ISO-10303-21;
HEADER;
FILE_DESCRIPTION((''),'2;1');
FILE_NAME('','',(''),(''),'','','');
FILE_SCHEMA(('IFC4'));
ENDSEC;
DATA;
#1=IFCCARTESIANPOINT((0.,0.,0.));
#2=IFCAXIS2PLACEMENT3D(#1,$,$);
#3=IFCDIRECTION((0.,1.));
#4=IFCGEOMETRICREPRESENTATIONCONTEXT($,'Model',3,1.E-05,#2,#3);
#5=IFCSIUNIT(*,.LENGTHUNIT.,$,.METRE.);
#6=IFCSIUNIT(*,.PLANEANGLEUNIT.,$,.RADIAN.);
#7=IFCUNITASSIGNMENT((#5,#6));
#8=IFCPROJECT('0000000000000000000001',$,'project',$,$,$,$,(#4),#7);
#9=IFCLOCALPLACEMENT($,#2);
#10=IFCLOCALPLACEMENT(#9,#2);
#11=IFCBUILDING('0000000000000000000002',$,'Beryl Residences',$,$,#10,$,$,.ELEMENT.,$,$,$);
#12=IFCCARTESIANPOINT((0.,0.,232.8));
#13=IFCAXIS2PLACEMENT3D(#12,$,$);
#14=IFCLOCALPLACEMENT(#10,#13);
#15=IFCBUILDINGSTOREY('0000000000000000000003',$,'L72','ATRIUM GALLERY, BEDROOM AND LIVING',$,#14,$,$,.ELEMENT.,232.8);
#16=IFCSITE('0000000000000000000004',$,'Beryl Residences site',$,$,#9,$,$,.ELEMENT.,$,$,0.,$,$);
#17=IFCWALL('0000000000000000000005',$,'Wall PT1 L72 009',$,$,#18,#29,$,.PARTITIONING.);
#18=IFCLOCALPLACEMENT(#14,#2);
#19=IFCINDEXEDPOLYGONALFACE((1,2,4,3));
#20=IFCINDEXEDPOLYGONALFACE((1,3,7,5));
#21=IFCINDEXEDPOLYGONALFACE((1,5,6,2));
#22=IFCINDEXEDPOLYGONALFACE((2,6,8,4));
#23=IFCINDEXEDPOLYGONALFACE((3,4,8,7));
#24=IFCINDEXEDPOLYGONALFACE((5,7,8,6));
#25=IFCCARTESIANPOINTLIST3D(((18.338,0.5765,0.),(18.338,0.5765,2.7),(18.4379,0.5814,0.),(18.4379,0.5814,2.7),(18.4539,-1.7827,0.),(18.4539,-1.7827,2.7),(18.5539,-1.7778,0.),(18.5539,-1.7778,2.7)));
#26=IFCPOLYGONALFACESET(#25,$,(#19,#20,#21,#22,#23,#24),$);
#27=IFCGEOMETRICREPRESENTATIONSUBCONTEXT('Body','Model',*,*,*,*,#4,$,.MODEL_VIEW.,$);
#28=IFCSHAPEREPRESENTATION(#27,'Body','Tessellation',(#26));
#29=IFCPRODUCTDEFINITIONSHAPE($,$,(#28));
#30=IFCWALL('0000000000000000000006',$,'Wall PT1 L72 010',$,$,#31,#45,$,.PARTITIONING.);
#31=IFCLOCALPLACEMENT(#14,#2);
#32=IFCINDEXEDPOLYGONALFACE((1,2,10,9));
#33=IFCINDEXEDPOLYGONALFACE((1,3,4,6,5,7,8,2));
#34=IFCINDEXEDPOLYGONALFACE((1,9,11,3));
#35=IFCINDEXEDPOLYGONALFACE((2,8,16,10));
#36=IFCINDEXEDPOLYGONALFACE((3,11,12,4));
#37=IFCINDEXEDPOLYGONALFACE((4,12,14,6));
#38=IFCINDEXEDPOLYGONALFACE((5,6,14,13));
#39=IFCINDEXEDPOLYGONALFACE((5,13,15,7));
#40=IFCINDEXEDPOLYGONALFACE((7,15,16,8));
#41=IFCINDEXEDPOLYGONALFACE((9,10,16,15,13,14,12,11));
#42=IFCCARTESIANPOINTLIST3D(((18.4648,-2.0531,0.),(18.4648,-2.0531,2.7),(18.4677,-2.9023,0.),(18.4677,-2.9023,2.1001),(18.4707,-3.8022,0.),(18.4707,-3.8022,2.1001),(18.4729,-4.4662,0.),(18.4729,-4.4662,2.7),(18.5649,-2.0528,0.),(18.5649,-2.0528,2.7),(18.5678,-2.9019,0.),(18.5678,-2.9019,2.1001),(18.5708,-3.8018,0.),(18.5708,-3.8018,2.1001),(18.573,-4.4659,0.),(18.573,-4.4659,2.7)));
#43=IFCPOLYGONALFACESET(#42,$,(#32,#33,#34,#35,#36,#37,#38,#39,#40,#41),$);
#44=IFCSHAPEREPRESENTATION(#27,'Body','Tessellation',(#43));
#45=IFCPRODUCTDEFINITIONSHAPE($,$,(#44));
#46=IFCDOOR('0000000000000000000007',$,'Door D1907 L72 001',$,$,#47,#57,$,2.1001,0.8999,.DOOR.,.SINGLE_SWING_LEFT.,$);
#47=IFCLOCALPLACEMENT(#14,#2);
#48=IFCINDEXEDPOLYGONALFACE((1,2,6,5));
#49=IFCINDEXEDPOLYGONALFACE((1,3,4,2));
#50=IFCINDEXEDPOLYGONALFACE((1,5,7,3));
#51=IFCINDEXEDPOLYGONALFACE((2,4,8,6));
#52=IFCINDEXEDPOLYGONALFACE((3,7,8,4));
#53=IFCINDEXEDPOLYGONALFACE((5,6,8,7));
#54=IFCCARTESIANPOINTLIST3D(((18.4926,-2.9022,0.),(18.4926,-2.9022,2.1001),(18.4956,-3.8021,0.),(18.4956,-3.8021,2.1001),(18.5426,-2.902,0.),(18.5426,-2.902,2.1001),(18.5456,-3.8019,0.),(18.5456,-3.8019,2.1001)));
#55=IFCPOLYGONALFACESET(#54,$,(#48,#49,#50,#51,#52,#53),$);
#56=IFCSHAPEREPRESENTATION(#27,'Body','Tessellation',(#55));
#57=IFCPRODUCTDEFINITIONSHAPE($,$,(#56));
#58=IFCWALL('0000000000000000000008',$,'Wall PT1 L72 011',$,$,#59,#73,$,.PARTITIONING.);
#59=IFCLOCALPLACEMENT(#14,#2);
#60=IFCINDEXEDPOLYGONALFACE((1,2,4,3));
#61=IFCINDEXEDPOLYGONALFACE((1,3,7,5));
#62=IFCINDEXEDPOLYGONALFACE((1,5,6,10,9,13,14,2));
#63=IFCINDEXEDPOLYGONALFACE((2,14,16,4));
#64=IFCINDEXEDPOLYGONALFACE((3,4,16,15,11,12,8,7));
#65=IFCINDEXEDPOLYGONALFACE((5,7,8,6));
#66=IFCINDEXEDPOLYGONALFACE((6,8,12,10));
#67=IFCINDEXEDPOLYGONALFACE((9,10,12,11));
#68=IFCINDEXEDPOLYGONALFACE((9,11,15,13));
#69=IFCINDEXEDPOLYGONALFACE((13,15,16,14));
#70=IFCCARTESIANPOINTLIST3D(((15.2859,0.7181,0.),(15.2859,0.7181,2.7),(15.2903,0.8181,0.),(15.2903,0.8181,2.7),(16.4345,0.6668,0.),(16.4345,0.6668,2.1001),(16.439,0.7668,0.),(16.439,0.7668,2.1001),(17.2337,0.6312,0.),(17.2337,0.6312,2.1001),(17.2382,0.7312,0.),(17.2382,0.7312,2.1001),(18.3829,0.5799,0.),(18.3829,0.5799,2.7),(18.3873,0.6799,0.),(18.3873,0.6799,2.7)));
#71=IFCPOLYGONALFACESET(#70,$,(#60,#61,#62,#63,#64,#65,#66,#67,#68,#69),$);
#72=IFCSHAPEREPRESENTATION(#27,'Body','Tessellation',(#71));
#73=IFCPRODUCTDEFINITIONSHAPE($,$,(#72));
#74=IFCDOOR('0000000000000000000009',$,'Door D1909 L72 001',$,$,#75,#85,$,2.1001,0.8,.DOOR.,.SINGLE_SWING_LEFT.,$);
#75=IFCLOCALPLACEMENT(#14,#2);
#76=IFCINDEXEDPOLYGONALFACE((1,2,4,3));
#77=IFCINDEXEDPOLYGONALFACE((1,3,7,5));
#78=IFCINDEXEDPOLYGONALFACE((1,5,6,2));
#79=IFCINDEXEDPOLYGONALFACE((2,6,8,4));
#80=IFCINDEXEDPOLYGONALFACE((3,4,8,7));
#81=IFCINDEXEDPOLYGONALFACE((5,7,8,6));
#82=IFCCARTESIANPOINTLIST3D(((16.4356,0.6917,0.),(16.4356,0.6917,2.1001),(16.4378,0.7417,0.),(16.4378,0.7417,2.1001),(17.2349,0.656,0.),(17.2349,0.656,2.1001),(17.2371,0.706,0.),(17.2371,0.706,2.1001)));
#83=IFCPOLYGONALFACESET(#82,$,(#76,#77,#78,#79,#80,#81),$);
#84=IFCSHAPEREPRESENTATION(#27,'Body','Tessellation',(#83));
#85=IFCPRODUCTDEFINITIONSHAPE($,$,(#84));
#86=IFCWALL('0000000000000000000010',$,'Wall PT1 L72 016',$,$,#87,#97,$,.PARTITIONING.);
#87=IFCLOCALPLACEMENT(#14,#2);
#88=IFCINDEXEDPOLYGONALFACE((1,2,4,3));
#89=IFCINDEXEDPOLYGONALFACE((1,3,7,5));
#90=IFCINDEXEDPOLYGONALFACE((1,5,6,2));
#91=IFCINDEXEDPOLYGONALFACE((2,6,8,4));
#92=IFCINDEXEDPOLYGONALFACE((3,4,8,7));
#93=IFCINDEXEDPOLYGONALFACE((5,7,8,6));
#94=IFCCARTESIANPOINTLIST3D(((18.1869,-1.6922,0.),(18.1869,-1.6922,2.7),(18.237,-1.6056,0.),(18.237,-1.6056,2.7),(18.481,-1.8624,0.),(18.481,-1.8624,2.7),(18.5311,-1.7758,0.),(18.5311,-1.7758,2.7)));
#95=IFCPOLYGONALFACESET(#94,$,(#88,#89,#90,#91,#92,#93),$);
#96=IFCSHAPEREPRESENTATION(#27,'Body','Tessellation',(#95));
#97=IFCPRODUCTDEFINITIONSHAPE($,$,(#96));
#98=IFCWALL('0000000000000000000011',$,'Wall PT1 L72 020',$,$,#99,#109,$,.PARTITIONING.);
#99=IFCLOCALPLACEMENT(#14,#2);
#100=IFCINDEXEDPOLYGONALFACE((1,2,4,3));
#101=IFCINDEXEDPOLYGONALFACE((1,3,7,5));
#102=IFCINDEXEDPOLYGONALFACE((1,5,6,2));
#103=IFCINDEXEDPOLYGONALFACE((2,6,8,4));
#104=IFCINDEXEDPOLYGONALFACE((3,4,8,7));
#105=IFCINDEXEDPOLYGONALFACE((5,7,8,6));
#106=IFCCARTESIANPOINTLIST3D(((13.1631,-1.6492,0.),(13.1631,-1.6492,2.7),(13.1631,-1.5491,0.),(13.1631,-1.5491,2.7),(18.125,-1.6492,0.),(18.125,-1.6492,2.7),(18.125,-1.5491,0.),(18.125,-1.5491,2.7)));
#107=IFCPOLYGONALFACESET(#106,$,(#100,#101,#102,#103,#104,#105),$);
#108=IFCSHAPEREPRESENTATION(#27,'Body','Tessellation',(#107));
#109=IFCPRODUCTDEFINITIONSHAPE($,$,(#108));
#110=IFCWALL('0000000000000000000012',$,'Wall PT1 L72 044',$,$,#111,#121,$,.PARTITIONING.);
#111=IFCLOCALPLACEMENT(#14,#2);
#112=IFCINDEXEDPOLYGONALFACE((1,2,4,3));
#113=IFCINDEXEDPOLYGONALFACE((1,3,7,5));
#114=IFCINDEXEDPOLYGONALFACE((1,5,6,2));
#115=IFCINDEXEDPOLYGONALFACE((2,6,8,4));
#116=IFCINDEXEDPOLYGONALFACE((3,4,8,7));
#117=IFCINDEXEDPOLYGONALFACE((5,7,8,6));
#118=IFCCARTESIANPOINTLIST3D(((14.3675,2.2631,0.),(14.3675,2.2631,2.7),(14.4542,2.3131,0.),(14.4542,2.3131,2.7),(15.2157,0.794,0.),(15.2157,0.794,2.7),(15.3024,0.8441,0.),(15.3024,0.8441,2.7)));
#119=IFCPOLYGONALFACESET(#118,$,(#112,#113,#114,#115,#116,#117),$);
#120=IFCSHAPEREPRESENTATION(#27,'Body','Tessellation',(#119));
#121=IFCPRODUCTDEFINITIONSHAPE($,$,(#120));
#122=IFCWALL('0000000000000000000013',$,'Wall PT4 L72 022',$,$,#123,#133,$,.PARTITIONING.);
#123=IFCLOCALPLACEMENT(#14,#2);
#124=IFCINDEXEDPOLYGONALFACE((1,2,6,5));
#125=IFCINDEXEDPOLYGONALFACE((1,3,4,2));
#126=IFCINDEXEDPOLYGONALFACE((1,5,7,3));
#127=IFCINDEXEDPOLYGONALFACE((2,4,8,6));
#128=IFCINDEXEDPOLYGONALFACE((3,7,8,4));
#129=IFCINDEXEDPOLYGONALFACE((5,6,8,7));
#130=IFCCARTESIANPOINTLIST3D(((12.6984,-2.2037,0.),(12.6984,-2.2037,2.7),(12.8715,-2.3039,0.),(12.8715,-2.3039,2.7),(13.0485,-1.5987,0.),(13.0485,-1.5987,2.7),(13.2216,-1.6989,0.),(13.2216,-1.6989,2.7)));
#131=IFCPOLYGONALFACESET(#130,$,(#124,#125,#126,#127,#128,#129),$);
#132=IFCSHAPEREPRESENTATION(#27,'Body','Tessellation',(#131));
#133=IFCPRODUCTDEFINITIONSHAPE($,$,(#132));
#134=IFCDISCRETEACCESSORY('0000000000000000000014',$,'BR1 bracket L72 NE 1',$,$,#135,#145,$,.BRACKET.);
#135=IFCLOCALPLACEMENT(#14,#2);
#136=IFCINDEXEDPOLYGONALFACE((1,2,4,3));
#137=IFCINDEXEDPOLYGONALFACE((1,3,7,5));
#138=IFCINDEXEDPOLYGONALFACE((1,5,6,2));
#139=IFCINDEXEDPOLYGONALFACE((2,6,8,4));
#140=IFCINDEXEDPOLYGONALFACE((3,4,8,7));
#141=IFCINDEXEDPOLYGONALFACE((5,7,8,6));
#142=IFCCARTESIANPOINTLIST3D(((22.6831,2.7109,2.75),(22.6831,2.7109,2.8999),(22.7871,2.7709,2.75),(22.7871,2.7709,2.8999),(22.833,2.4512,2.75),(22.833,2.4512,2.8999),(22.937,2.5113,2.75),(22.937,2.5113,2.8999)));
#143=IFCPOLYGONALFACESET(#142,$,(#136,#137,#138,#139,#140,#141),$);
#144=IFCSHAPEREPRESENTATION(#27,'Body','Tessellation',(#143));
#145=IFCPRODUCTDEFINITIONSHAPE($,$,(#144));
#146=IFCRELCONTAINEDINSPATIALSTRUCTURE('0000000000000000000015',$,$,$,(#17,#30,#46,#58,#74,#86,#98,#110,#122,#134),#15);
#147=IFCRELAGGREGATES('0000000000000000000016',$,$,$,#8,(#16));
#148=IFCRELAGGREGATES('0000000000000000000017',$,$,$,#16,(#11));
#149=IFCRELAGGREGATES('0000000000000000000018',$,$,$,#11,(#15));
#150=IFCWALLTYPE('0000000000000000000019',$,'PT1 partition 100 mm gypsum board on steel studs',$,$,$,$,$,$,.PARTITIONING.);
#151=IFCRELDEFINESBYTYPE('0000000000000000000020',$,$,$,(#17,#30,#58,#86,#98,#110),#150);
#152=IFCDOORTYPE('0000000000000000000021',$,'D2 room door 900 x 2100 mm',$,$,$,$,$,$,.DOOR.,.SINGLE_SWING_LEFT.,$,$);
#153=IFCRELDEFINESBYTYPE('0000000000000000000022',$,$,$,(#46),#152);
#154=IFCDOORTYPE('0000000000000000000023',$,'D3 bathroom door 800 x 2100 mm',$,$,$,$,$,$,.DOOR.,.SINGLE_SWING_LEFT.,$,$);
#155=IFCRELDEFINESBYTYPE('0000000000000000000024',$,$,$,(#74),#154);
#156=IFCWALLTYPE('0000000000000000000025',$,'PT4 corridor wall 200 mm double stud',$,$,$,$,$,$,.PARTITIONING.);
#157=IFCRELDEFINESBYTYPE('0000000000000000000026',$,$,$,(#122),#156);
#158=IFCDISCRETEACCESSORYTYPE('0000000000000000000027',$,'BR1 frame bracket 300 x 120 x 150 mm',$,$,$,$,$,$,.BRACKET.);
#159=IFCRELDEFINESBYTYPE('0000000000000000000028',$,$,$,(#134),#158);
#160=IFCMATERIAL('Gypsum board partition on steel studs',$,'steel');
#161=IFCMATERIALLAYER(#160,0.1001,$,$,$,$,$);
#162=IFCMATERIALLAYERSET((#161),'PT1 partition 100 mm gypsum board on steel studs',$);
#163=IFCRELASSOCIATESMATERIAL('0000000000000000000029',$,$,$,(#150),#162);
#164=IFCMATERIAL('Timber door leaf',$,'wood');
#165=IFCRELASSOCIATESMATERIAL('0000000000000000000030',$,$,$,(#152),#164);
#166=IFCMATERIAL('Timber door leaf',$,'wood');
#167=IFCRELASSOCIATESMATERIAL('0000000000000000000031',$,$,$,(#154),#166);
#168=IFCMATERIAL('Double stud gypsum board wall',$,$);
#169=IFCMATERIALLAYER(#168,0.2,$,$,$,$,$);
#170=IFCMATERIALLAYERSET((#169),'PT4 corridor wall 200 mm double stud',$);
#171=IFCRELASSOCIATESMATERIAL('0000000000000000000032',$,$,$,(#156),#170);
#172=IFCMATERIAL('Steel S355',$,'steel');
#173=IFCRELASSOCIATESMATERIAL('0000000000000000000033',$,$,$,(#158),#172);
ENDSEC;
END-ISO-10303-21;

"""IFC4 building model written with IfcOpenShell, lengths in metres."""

from ifc_helpers import new_model, si_unit, direction, frame, frame_2d, origin, place, context, subcontext, project, spatial, polyline, rectangle, outline, extrude, source, transform, mapped, material, layer, layer_set, type_object, type_shapes, element, fill, save


model = new_model("IFC4")

# Units and contexts
model_context = context("Model", 3, precision=1e-05, world=origin(), true_north=direction((0.0, 1.0)))
body_context = subcontext(model_context, "Body", "Model", "MODEL_VIEW")
ifc_project = project(units=[si_unit("LENGTHUNIT", "METRE"), si_unit("PLANEANGLEUNIT", "RADIAN")], contexts=[model_context])

# Site, building, storey
site_placement = place(None, origin())
site = spatial("IfcSite", under=ifc_project, at=site_placement, Name="Beryl Residences site", CompositionType="ELEMENT", RefElevation=0.0)
building_placement = place(site_placement, origin())
building = spatial("IfcBuilding", under=site, at=building_placement, Name="Beryl Residences", CompositionType="ELEMENT")
storey_placement = place(building_placement, frame((0.0, 0.0, 232.8)))
storey = spatial("IfcBuildingStorey", under=building, at=storey_placement, Name="L72", Description="ATRIUM GALLERY, BEDROOM AND LIVING", CompositionType="ELEMENT", Elevation=232.8)

# Wall
ifc_material_1 = material(Name="Gypsum board partition on steel studs", Category="steel")
ifc_layer_1 = layer(ifc_material_1, 0.1001)
ifc_layer_set_1 = layer_set([ifc_layer_1], Name="PT1 partition 100 mm gypsum board on steel studs")
wall_type_1 = type_object("IfcWallType", Name="PT1 partition 100 mm gypsum board on steel studs", PredefinedType="PARTITIONING", material=ifc_layer_set_1)
wall_1_placement = place(storey_placement, frame((18.3879, 0.5791, 0.0), z_axis=(0.0, 0.0, 1.0), x_axis=(0.049097, -0.998794, 0.0)))
element("IfcWall", 1, at=wall_1_placement, inside=storey, type_object=wall_type_1, Name="Wall PT1 L72 009", PredefinedType="PARTITIONING", context=body_context, shape_type="SweptSolid", body=[
    extrude(rectangle(XDim=2.3621, YDim=0.1001, at=frame_2d((1.1812, 0.0))), origin(), (0.0, 0.0, 1.0), 2.7),
])

# Walls, openings, doors
wall_2_placement = place(storey_placement, frame((18.5149, -2.053, 0.0), z_axis=(0.0, 0.0, 1.0), x_axis=(0.003339, -0.999994, 0.0)))
wall_2 = element("IfcWall", 2, at=wall_2_placement, inside=storey, type_object=wall_type_1, Name="Wall PT1 L72 010", PredefinedType="PARTITIONING", context=body_context, shape_type="SweptSolid", body=[
    extrude(rectangle(XDim=2.4131, YDim=0.1001, at=frame_2d((1.2065, 0.0))), origin(), (0.0, 0.0, 1.0), 2.7),
])
opening_1_placement = place(wall_2_placement, frame((0.8491, 0.0, 0.0)))
opening_1 = element("IfcOpeningElement", 3, at=opening_1_placement, cuts=wall_2, PredefinedType="OPENING", context=body_context, shape_type="SweptSolid", body=[
    extrude(rectangle(XDim=0.8999, YDim=2.1001, at=frame_2d((0.45, 1.05))), frame((0.0, 0.0601, 0.0), z_axis=(0.0, -1.0, 0.0), x_axis=(1.0, 0.0, 0.0)), (0.0, 0.0, 1.0), 0.1201),
])
ifc_material_2 = material(Name="Timber door leaf", Category="wood")
door_type_1 = type_object("IfcDoorType", Name="D2 room door 900 x 2100 mm", OperationType="SINGLE_SWING_LEFT", PredefinedType="DOOR", material=ifc_material_2)
door_1_placement = place(opening_1_placement, origin())
door_1 = element("IfcDoor", 4, at=door_1_placement, inside=storey, type_object=door_type_1, Name="Door D1907 L72 001", OperationType="SINGLE_SWING_LEFT", OverallHeight=2.1001, OverallWidth=0.8999, PredefinedType="DOOR", context=body_context, shape_type="SweptSolid", body=[
    extrude(rectangle(XDim=0.8999, YDim=2.1001, at=frame_2d((0.45, 1.05))), frame((0.0, 0.0249, 0.0), z_axis=(0.0, -1.0, 0.0), x_axis=(1.0, 0.0, 0.0)), (0.0, 0.0, 1.0), 0.05),
])
fill(opening_1, door_1)
wall_3_placement = place(storey_placement, frame((15.2881, 0.7681, 0.0), z_axis=(0.0, 0.0, 1.0), x_axis=(0.999006, -0.044575, 0.0)))
wall_3 = element("IfcWall", 5, at=wall_3_placement, inside=storey, type_object=wall_type_1, Name="Wall PT1 L72 011", PredefinedType="PARTITIONING", context=body_context, shape_type="SweptSolid", body=[
    extrude(rectangle(XDim=3.1001, YDim=0.1001, at=frame_2d((1.55, 0.0))), origin(), (0.0, 0.0, 1.0), 2.7),
])
opening_2_placement = place(wall_3_placement, frame((1.1499, 0.0, 0.0)))
opening_2 = element("IfcOpeningElement", 6, at=opening_2_placement, cuts=wall_3, PredefinedType="OPENING", context=body_context, shape_type="SweptSolid", body=[
    extrude(rectangle(XDim=0.8, YDim=2.1001, at=frame_2d((0.3999, 1.05))), frame((0.0, 0.0601, 0.0), z_axis=(0.0, -1.0, 0.0), x_axis=(1.0, 0.0, 0.0)), (0.0, 0.0, 1.0), 0.1201),
])
ifc_material_3 = material(Name="Timber door leaf", Category="wood")
door_type_2 = type_object("IfcDoorType", Name="D3 bathroom door 800 x 2100 mm", OperationType="SINGLE_SWING_LEFT", PredefinedType="DOOR", material=ifc_material_3)
door_2_placement = place(opening_2_placement, origin())
door_2 = element("IfcDoor", 7, at=door_2_placement, inside=storey, type_object=door_type_2, Name="Door D1909 L72 001", OperationType="SINGLE_SWING_LEFT", OverallHeight=2.1001, OverallWidth=0.8, PredefinedType="DOOR", context=body_context, shape_type="SweptSolid", body=[
    extrude(rectangle(XDim=0.8, YDim=2.1001, at=frame_2d((0.3999, 1.05))), frame((0.0, 0.0249, 0.0), z_axis=(0.0, -1.0, 0.0), x_axis=(1.0, 0.0, 0.0)), (0.0, 0.0, 1.0), 0.05),
])
fill(opening_2, door_2)

# Walls
wall_4_placement = place(storey_placement, frame((18.2119, -1.6489, 0.0), z_axis=(0.0, 0.0, 1.0), x_axis=(0.865623, -0.500696, 0.0)))
element("IfcWall", 8, at=wall_4_placement, inside=storey, type_object=wall_type_1, Name="Wall PT1 L72 016", PredefinedType="PARTITIONING", context=body_context, shape_type="SweptSolid", body=[
    extrude(rectangle(XDim=0.3398, YDim=0.1001, at=frame_2d((0.1699, 0.0))), origin(), (0.0, 0.0, 1.0), 2.7),
])
wall_5_placement = place(storey_placement, frame((13.1631, -1.5991, 0.0), z_axis=(0.0, 0.0, 1.0), x_axis=(1.0, 0.0, 0.0)))
element("IfcWall", 9, at=wall_5_placement, inside=storey, type_object=wall_type_1, Name="Wall PT1 L72 020", PredefinedType="PARTITIONING", context=body_context, shape_type="SweptSolid", body=[
    extrude(rectangle(XDim=4.9619, YDim=0.1001, at=frame_2d((2.481, 0.0))), origin(), (0.0, 0.0, 1.0), 2.7),
])
wall_6_placement = place(storey_placement, frame((14.4109, 2.2881, 0.0), z_axis=(0.0, 0.0, 1.0), x_axis=(0.500009, -0.86602, 0.0)))
element("IfcWall", 10, at=wall_6_placement, inside=storey, type_object=wall_type_1, Name="Wall PT1 L72 044", PredefinedType="PARTITIONING", context=body_context, shape_type="SweptSolid", body=[
    extrude(rectangle(XDim=1.6963, YDim=0.1001, at=frame_2d((0.8481, 0.0))), origin(), (0.0, 0.0, 1.0), 2.7),
])
ifc_material_4 = material(Name="Double stud gypsum board wall")
ifc_layer_2 = layer(ifc_material_4, 0.2)
ifc_layer_set_2 = layer_set([ifc_layer_2], Name="PT4 corridor wall 200 mm double stud")
wall_type_2 = type_object("IfcWallType", Name="PT4 corridor wall 200 mm double stud", PredefinedType="PARTITIONING", material=ifc_layer_set_2)
wall_7_placement = place(storey_placement, frame((12.7849, -2.2539, 0.0), z_axis=(0.0, 0.0, 1.0), x_axis=(0.500871, 0.865522, 0.0)))
element("IfcWall", 11, at=wall_7_placement, inside=storey, type_object=wall_type_2, Name="Wall PT4 L72 022", PredefinedType="PARTITIONING", context=body_context, shape_type="SweptSolid", body=[
    extrude(rectangle(XDim=0.699, YDim=0.2, at=frame_2d((0.3496, 0.0))), origin(), (0.0, 0.0, 1.0), 2.7),
])

# Discrete accessory
ifc_material_5 = material(Name="Steel S355", Category="steel")
discrete_accessory_type = type_object("IfcDiscreteAccessoryType", Name="BR1 frame bracket 300 x 120 x 150 mm", PredefinedType="BRACKET", material=ifc_material_5)
shared_shape_1 = source(origin(), body_context, "Body", "SweptSolid", [
    extrude(outline(polyline([(-0.1499, 0.0), (0.1499, 0.0), (0.1499, 0.1201), (-0.1499, 0.1201), (-0.1499, 0.0)])), origin(), (0.0, 0.0, 1.0), 0.1499),
])
type_shapes(discrete_accessory_type, [shared_shape_1])
discrete_accessory_placement = place(storey_placement, frame((22.7581, 2.5811, 2.75), z_axis=(0.0, 0.0, 1.0), x_axis=(0.5, -0.866025, 0.0)))
element("IfcDiscreteAccessory", 12, at=discrete_accessory_placement, inside=storey, type_object=discrete_accessory_type, Name="BR1 bracket L72 NE 1", PredefinedType="BRACKET", context=body_context, shape_type="MappedRepresentation", body=[
    mapped(shared_shape_1, transform((0.0, 0.0, 0.0))),
])

save(model, "model.ifc")
